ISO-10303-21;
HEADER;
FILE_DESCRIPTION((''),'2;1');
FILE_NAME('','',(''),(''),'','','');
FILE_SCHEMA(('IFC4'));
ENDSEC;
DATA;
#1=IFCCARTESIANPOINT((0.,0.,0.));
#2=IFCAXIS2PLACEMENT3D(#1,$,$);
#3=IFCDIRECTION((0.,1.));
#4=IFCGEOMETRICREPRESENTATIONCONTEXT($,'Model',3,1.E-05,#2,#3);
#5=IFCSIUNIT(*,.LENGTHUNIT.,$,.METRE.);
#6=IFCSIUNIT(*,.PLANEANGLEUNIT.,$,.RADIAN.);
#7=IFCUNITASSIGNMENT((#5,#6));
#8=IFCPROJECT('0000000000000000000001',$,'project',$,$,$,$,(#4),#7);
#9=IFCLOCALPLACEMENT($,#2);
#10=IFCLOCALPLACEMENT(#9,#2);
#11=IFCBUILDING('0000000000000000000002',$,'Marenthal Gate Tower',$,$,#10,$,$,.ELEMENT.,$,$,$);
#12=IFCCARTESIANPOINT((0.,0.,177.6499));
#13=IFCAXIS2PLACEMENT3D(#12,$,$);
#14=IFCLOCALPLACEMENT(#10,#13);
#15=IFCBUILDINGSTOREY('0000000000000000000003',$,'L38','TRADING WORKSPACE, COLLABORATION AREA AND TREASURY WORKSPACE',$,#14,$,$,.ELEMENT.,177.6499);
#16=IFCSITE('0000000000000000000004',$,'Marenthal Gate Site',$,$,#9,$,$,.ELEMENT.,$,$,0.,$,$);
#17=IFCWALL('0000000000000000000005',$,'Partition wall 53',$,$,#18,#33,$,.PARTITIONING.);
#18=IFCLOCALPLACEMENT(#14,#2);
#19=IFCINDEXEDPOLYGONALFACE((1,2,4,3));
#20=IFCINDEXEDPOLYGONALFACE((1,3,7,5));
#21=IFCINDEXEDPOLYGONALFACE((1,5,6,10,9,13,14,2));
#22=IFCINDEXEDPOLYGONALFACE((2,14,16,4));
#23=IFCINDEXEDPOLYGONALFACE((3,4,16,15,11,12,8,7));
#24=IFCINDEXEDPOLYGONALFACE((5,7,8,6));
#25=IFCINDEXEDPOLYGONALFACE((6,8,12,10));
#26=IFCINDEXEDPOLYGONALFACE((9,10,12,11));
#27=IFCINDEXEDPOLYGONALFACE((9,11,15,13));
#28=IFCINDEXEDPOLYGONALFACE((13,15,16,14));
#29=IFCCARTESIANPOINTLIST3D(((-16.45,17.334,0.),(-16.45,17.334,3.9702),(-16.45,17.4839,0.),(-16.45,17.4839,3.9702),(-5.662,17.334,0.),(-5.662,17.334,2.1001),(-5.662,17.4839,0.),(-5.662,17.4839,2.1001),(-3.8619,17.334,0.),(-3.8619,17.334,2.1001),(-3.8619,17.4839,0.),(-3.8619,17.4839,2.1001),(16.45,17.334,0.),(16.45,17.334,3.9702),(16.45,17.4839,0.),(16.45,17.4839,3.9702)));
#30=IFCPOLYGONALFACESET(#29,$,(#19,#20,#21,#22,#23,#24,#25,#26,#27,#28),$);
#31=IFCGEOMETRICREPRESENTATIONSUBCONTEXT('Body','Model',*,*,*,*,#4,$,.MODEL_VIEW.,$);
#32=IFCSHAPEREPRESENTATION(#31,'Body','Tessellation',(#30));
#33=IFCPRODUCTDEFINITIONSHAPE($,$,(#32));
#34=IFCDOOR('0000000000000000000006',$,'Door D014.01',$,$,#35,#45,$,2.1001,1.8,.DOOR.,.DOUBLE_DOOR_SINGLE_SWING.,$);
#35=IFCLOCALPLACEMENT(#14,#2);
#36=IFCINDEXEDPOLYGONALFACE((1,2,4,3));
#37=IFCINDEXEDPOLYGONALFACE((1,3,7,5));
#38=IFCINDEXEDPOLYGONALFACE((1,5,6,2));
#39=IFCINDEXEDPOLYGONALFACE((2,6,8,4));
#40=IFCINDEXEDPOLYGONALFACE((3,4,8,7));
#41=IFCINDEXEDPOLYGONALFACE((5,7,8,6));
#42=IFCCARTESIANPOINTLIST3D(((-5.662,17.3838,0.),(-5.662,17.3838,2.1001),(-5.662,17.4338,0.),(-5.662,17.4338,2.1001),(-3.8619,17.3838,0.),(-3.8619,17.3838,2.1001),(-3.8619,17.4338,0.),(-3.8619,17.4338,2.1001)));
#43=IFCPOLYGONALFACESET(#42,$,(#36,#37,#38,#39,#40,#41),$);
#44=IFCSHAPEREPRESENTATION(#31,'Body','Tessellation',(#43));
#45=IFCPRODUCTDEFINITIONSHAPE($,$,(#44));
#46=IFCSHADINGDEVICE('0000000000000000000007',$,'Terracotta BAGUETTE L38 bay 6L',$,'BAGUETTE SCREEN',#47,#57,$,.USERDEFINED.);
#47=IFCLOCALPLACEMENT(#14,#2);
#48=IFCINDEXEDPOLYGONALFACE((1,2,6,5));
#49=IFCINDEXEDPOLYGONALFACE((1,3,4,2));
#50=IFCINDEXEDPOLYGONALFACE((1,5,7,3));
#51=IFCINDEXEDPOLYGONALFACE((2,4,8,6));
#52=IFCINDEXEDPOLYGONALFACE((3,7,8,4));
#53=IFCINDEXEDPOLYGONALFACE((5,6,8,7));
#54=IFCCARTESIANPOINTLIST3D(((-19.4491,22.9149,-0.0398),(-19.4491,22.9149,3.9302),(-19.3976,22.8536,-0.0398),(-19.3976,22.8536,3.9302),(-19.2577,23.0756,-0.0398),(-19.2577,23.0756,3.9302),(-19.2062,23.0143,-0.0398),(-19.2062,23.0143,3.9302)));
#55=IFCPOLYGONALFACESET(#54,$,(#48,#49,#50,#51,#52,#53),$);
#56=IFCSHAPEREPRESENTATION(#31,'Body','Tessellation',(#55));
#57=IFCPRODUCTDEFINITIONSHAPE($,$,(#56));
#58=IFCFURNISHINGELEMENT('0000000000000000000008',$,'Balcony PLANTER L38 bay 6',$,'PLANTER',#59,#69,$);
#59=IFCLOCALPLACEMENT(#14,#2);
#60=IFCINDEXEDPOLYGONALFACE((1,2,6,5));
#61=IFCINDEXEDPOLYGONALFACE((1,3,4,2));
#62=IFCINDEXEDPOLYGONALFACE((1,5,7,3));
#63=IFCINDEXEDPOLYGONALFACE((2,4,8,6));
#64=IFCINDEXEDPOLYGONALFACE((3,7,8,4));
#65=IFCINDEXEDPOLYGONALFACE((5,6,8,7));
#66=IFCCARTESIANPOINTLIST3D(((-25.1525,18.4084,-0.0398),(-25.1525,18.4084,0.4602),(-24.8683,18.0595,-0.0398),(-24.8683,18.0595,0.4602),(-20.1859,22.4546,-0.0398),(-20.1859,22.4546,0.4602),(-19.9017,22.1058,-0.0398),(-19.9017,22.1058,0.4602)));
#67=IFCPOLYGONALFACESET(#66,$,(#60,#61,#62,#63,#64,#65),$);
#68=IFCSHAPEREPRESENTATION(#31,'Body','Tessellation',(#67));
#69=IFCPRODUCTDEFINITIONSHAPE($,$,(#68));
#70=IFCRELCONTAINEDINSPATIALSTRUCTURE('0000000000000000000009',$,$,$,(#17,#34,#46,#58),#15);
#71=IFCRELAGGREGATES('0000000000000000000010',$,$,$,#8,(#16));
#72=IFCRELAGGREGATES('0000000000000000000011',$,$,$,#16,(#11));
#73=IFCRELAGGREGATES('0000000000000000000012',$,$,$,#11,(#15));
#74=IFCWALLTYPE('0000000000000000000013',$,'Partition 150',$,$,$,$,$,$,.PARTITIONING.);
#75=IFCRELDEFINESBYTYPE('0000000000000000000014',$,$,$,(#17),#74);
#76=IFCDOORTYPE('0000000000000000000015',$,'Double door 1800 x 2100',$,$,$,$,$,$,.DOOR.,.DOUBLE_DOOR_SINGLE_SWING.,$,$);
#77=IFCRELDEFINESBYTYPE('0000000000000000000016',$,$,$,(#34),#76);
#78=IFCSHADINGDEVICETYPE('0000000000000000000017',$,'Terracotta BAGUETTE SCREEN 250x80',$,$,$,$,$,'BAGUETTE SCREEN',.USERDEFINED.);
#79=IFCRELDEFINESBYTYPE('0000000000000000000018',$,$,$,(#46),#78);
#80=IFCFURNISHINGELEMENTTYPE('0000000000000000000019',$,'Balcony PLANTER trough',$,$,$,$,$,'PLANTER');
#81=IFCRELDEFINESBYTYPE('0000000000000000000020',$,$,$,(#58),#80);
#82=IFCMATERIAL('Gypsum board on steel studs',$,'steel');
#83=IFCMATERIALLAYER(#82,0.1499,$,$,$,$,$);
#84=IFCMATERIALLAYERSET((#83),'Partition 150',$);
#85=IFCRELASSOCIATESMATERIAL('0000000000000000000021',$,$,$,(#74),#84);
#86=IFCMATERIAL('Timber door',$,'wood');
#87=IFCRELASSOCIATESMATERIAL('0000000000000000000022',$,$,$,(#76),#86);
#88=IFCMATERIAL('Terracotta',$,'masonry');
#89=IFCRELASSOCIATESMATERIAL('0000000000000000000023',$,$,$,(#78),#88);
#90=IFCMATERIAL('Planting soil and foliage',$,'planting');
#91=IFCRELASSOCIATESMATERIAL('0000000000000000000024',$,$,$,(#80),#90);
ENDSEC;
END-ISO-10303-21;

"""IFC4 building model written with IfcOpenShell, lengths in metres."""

from ifc_helpers import new_model, si_unit, direction, frame, frame_2d, origin, origin_2d, place, context, subcontext, project, spatial, rectangle, extrude, material, layer, layer_set, material_profile, profile_set, type_object, element, fill, save


model = new_model("IFC4")

# Units and contexts
model_context = context("Model", 3, precision=1e-05, world=origin(), true_north=direction((0.0, 1.0)))
body_context = subcontext(model_context, "Body", "Model", "MODEL_VIEW")
ifc_project = project(units=[si_unit("LENGTHUNIT", "METRE"), si_unit("PLANEANGLEUNIT", "RADIAN")], contexts=[model_context])

# Site, building, storey
site_placement = place(None, origin())
site = spatial("IfcSite", under=ifc_project, at=site_placement, Name="Marenthal Gate Site", CompositionType="ELEMENT", RefElevation=0.0)
building_placement = place(site_placement, origin())
building = spatial("IfcBuilding", under=site, at=building_placement, Name="Marenthal Gate Tower", CompositionType="ELEMENT")
storey_placement = place(building_placement, frame((0.0, 0.0, 177.6499)))
storey = spatial("IfcBuildingStorey", under=building, at=storey_placement, Name="L38", Description="TRADING WORKSPACE, COLLABORATION AREA AND TREASURY WORKSPACE", CompositionType="ELEMENT", Elevation=177.6499)

# Shared definitions
ifc_material_1 = material(Name="Gypsum board on steel studs", Category="steel")
ifc_layer_1 = layer(ifc_material_1, 0.1499)
ifc_layer_set_1 = layer_set([ifc_layer_1], Name="Partition 150")
wall_type_1 = type_object("IfcWallType", Name="Partition 150", PredefinedType="PARTITIONING", material=ifc_layer_set_1)

# Wall, opening, door
wall_1_placement = place(storey_placement, frame((-16.45, 17.4089, 0.0), z_axis=(0.0, 0.0, 1.0), x_axis=(1.0, 0.0, 0.0)))
wall_1 = element("IfcWall", 1, at=wall_1_placement, inside=storey, type_object=wall_type_1, Name="Partition wall 53", PredefinedType="PARTITIONING", context=body_context, shape_type="SweptSolid", body=[
    extrude(rectangle(XDim=32.8999, YDim=0.1499, at=frame_2d((16.45, 0.0))), origin(), (0.0, 0.0, 1.0), 3.9702),
])
opening_1_placement = place(wall_1_placement, frame((10.7881, 0.0, 0.0)))
opening_1 = element("IfcOpeningElement", 2, at=opening_1_placement, cuts=wall_1, PredefinedType="OPENING", context=body_context, shape_type="SweptSolid", body=[
    extrude(rectangle(XDim=1.8, YDim=2.1001, at=frame_2d((0.8999, 1.05))), frame((0.0, 0.085, 0.0), z_axis=(0.0, -1.0, 0.0), x_axis=(1.0, 0.0, 0.0)), (0.0, 0.0, 1.0), 0.1699),
])
ifc_material_2 = material(Name="Timber door", Category="wood")
door_type_1 = type_object("IfcDoorType", Name="Double door 1800 x 2100", OperationType="DOUBLE_DOOR_SINGLE_SWING", PredefinedType="DOOR", material=ifc_material_2)
door_1_placement = place(opening_1_placement, origin())
door_1 = element("IfcDoor", 3, at=door_1_placement, inside=storey, type_object=door_type_1, Name="Door D014.01", OperationType="DOUBLE_DOOR_SINGLE_SWING", OverallHeight=2.1001, OverallWidth=1.8, PredefinedType="DOOR", context=body_context, shape_type="SweptSolid", body=[
    extrude(rectangle(XDim=1.8, YDim=2.1001, at=frame_2d((0.8999, 1.05))), frame((0.0, 0.0249, 0.0), z_axis=(0.0, -1.0, 0.0), x_axis=(1.0, 0.0, 0.0)), (0.0, 0.0, 1.0), 0.05),
])
fill(opening_1, door_1)

# Shading device
ifc_material_3 = material(Name="Terracotta", Category="masonry")
ifc_material_profile_1 = material_profile(ifc_material_3, rectangle(XDim=0.25, YDim=0.0801, at=origin_2d()), Name="Terracotta baguette 250x80")
ifc_profile_set_1 = profile_set([ifc_material_profile_1], Name="Terracotta")
shading_device_type = type_object("IfcShadingDeviceType", Name="Terracotta BAGUETTE SCREEN 250x80", ElementType="BAGUETTE SCREEN", PredefinedType="USERDEFINED", material=ifc_profile_set_1)
shading_device_placement = place(storey_placement, frame((-19.3276, 22.9646, -0.0398), z_axis=(0.0, 0.0, 1.0), x_axis=(-0.76585, -0.643019, 0.0)))
element("IfcShadingDevice", 4, at=shading_device_placement, inside=storey, type_object=shading_device_type, Name="Terracotta BAGUETTE L38 bay 6L", ObjectType="BAGUETTE SCREEN", PredefinedType="USERDEFINED", context=body_context, shape_type="SweptSolid", body=[
    extrude(rectangle(XDim=0.25, YDim=0.0801, at=origin_2d()), origin(), (0.0, 0.0, 1.0), 3.97),
])

# Furnishing element
ifc_material_4 = material(Name="Planting soil and foliage", Category="planting")
furnishing_element_type = type_object("IfcFurnishingElementType", Name="Balcony PLANTER trough", ElementType="PLANTER", material=ifc_material_4)
furnishing_placement = place(storey_placement, frame((-22.5271, 20.2571, -0.0398), z_axis=(0.0, 0.0, 1.0), x_axis=(-0.775288, -0.631608, 0.0)))
element("IfcFurnishingElement", 5, at=furnishing_placement, inside=storey, type_object=furnishing_element_type, Name="Balcony PLANTER L38 bay 6", ObjectType="PLANTER", context=body_context, shape_type="SweptSolid", body=[
    extrude(rectangle(XDim=6.4062, YDim=0.45, at=origin_2d()), origin(), (0.0, 0.0, 1.0), 0.5),
])

save(model, "model.ifc")
